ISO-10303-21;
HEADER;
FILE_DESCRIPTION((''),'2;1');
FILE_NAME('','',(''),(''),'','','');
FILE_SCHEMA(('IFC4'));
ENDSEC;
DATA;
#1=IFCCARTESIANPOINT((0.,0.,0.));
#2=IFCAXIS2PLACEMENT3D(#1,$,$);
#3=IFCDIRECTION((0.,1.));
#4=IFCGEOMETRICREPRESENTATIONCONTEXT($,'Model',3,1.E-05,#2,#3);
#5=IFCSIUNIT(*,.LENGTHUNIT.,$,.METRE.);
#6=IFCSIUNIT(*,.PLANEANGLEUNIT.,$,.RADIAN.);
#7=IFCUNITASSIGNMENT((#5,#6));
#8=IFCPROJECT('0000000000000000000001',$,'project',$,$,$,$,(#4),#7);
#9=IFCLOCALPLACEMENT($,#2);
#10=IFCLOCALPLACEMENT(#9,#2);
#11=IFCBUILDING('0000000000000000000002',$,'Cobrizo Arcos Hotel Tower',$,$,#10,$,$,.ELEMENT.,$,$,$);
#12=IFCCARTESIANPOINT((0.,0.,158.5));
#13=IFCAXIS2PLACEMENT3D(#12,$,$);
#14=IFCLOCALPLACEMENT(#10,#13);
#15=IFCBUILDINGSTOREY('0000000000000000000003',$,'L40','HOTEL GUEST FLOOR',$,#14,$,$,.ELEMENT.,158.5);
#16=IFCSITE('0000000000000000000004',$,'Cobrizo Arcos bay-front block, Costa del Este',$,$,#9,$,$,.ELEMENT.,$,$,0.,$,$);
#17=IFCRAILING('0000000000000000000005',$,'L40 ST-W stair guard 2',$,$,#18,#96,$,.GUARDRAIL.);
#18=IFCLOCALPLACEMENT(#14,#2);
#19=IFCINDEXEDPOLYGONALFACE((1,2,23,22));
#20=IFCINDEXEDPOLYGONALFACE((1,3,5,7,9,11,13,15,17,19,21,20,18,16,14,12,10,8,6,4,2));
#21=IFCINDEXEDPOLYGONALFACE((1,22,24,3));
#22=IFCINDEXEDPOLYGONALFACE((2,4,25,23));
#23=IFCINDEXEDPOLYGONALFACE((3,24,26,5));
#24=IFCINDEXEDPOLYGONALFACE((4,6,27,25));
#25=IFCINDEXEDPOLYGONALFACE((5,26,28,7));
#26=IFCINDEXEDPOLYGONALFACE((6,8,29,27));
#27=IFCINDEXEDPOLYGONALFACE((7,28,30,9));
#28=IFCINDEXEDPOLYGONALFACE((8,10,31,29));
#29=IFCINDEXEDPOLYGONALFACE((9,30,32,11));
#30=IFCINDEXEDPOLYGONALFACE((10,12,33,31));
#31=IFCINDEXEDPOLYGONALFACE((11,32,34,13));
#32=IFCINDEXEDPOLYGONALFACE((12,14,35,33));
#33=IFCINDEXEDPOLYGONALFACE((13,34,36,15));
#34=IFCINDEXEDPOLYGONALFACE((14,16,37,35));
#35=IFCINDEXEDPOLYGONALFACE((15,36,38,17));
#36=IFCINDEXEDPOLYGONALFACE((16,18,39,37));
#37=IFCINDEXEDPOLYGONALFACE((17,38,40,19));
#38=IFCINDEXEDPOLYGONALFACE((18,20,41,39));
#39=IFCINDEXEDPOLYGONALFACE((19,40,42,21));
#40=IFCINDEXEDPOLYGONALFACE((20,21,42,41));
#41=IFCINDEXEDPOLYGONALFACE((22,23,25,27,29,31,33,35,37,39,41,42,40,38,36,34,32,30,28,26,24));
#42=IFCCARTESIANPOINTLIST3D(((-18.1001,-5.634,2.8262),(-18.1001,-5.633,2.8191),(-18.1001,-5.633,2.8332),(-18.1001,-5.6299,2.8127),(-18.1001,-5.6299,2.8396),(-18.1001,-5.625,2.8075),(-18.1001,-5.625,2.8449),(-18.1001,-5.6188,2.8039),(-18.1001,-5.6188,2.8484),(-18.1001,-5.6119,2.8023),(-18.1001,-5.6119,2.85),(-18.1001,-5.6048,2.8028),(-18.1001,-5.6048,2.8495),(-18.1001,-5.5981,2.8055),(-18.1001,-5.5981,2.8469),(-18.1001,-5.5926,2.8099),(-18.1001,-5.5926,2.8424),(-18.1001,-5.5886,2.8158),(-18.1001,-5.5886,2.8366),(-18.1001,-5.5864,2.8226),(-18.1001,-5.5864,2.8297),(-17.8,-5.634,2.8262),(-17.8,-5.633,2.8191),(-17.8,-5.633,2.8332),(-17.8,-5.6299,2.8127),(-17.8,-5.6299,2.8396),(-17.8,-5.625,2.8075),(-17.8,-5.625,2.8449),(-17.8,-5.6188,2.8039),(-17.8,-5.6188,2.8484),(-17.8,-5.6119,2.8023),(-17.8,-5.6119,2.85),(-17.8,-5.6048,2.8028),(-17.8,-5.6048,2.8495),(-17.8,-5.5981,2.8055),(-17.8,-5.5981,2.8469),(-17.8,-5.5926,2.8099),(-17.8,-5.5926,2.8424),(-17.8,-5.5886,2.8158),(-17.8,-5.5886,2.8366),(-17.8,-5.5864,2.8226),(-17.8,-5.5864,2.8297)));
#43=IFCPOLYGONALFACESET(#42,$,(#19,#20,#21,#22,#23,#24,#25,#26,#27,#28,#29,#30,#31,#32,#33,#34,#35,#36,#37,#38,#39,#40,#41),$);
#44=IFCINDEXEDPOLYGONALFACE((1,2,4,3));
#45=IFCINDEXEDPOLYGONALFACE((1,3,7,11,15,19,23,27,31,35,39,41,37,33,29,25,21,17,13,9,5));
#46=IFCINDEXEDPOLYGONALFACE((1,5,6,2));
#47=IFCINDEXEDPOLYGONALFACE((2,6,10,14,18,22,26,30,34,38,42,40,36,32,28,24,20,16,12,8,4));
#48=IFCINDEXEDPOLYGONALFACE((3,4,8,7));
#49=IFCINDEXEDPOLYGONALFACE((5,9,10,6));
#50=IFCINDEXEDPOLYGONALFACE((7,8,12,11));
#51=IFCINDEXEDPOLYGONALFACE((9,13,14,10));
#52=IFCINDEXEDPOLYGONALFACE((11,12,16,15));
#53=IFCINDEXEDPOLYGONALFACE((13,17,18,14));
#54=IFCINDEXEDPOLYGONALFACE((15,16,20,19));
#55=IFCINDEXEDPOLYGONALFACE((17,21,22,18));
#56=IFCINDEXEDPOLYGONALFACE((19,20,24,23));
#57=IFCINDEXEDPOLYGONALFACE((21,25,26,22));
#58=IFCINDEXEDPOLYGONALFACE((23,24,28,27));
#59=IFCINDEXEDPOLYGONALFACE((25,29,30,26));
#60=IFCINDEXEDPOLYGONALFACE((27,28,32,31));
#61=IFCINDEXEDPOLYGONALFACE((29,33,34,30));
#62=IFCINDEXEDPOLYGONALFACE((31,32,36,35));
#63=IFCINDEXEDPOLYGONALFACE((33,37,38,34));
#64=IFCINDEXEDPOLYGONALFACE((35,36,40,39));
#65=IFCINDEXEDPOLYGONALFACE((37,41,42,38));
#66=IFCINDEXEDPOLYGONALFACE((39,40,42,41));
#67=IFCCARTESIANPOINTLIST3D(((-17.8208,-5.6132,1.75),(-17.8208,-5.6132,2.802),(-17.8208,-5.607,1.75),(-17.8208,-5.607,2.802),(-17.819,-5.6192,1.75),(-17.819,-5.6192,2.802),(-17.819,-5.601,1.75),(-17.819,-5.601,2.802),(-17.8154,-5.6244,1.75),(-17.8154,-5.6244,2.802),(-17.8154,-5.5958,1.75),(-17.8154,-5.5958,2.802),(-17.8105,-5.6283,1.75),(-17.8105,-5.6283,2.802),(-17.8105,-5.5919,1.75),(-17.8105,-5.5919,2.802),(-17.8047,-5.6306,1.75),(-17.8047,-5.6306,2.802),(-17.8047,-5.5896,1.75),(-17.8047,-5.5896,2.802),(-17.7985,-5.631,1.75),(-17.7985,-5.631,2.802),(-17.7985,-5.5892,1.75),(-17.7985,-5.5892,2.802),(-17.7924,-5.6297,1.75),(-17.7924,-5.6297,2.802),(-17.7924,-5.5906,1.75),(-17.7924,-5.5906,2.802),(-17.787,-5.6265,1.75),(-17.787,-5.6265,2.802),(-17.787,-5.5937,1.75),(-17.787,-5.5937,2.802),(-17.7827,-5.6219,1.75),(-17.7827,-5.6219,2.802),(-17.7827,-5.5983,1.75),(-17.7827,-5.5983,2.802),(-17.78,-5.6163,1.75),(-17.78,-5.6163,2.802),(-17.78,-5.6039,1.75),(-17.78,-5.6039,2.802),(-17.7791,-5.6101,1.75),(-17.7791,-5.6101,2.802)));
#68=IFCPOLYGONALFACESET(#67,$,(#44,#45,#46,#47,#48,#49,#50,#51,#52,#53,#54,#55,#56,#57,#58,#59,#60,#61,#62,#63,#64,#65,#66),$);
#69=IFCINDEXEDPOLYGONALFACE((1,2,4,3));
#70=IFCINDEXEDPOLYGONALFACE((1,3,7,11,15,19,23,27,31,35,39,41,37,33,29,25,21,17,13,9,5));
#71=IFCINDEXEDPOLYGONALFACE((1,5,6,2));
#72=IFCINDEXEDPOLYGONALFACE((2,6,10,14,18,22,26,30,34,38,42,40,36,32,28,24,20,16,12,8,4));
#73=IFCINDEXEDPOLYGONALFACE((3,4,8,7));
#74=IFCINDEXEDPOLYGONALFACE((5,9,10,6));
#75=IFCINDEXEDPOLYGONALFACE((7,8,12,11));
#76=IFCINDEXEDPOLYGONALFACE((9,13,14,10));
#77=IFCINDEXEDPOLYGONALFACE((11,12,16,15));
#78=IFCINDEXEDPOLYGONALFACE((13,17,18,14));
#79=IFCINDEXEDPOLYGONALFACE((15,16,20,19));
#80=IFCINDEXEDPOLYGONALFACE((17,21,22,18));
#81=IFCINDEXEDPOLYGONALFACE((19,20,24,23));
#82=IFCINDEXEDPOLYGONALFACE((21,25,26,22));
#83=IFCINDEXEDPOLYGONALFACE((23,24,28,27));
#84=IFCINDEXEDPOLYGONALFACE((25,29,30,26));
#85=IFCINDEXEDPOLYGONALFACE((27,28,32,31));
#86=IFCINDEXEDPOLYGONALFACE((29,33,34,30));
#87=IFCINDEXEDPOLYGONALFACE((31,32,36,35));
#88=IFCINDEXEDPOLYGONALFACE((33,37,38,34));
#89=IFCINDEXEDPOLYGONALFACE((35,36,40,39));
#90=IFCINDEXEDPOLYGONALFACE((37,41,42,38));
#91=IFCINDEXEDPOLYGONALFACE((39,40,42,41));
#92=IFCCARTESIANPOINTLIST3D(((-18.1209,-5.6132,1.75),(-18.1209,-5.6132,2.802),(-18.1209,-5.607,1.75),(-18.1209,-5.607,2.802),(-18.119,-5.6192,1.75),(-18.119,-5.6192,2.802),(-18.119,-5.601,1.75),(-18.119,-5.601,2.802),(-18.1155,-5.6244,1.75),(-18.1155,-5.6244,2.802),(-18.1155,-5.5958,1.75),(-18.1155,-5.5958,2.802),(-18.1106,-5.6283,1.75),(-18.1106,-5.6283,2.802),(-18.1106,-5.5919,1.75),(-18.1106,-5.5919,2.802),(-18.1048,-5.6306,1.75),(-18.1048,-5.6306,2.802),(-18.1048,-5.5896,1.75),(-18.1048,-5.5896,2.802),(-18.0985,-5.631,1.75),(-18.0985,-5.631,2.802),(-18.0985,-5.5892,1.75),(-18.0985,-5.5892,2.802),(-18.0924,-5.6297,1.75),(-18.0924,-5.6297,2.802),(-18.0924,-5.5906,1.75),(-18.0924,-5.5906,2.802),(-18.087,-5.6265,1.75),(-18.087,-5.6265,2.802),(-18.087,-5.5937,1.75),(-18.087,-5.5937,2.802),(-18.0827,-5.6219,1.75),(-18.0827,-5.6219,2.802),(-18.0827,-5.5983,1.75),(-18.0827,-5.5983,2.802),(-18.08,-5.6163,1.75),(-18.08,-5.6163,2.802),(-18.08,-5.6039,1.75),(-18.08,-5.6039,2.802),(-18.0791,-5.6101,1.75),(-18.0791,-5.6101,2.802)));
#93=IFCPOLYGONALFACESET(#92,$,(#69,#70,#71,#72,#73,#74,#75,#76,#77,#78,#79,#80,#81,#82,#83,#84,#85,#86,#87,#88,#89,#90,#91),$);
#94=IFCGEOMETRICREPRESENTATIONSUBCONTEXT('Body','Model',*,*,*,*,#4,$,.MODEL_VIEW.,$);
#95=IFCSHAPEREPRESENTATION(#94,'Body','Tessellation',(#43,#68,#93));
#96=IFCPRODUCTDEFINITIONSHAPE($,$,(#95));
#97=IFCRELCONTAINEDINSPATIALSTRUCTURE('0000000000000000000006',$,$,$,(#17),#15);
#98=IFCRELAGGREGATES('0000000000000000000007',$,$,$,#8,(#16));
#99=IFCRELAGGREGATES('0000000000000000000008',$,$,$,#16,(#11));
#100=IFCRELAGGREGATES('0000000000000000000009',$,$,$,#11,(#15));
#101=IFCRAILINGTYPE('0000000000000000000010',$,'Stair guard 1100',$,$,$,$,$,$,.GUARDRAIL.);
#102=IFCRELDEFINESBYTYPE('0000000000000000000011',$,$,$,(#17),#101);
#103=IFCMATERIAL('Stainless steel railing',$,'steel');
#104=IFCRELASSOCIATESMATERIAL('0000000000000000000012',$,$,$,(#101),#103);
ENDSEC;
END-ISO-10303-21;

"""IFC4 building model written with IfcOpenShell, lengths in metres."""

from ifc_helpers import new_model, si_unit, direction, frame, origin, origin_2d, place, context, subcontext, project, spatial, circle, extrude, material, type_object, element, save


model = new_model("IFC4")

# Units and contexts
model_context = context("Model", 3, precision=1e-05, world=origin(), true_north=direction((0.0, 1.0)))
body_context = subcontext(model_context, "Body", "Model", "MODEL_VIEW")
ifc_project = project(units=[si_unit("LENGTHUNIT", "METRE"), si_unit("PLANEANGLEUNIT", "RADIAN")], contexts=[model_context])

# Site, building, storey
site_placement = place(None, origin())
site = spatial("IfcSite", under=ifc_project, at=site_placement, Name="Cobrizo Arcos bay-front block, Costa del Este", CompositionType="ELEMENT", RefElevation=0.0)
building_placement = place(site_placement, origin())
building = spatial("IfcBuilding", under=site, at=building_placement, Name="Cobrizo Arcos Hotel Tower", CompositionType="ELEMENT")
storey_placement = place(building_placement, frame((0.0, 0.0, 158.5)))
storey = spatial("IfcBuildingStorey", under=building, at=storey_placement, Name="L40", Description="HOTEL GUEST FLOOR", CompositionType="ELEMENT", Elevation=158.5)

# Railing
ifc_material_1 = material(Name="Stainless steel railing", Category="steel")
railing_type_1 = type_object("IfcRailingType", Name="Stair guard 1100", PredefinedType="GUARDRAIL", material=ifc_material_1)
railing_1_placement = place(storey_placement, frame((-17.8, -5.6101, 1.75)))
element("IfcRailing", 1, at=railing_1_placement, inside=storey, type_object=railing_type_1, Name="L40 ST-W stair guard 2", PredefinedType="GUARDRAIL", context=body_context, shape_type="SweptSolid", body=[
    extrude(circle(Radius=0.0239, at=origin_2d()), frame((0.0, 0.0, 1.0762), z_axis=(-1.0, 0.0, 0.0), x_axis=(0.0, -1.0, 0.0)), (0.0, 0.0, 1.0), 0.3),
    extrude(circle(Radius=0.021, at=origin_2d()), origin(), (0.0, 0.0, 1.0), 1.052),
    extrude(circle(Radius=0.021, at=origin_2d()), frame((-0.3, 0.0, 0.0)), (0.0, 0.0, 1.0), 1.052),
])

save(model, "model.ifc")
